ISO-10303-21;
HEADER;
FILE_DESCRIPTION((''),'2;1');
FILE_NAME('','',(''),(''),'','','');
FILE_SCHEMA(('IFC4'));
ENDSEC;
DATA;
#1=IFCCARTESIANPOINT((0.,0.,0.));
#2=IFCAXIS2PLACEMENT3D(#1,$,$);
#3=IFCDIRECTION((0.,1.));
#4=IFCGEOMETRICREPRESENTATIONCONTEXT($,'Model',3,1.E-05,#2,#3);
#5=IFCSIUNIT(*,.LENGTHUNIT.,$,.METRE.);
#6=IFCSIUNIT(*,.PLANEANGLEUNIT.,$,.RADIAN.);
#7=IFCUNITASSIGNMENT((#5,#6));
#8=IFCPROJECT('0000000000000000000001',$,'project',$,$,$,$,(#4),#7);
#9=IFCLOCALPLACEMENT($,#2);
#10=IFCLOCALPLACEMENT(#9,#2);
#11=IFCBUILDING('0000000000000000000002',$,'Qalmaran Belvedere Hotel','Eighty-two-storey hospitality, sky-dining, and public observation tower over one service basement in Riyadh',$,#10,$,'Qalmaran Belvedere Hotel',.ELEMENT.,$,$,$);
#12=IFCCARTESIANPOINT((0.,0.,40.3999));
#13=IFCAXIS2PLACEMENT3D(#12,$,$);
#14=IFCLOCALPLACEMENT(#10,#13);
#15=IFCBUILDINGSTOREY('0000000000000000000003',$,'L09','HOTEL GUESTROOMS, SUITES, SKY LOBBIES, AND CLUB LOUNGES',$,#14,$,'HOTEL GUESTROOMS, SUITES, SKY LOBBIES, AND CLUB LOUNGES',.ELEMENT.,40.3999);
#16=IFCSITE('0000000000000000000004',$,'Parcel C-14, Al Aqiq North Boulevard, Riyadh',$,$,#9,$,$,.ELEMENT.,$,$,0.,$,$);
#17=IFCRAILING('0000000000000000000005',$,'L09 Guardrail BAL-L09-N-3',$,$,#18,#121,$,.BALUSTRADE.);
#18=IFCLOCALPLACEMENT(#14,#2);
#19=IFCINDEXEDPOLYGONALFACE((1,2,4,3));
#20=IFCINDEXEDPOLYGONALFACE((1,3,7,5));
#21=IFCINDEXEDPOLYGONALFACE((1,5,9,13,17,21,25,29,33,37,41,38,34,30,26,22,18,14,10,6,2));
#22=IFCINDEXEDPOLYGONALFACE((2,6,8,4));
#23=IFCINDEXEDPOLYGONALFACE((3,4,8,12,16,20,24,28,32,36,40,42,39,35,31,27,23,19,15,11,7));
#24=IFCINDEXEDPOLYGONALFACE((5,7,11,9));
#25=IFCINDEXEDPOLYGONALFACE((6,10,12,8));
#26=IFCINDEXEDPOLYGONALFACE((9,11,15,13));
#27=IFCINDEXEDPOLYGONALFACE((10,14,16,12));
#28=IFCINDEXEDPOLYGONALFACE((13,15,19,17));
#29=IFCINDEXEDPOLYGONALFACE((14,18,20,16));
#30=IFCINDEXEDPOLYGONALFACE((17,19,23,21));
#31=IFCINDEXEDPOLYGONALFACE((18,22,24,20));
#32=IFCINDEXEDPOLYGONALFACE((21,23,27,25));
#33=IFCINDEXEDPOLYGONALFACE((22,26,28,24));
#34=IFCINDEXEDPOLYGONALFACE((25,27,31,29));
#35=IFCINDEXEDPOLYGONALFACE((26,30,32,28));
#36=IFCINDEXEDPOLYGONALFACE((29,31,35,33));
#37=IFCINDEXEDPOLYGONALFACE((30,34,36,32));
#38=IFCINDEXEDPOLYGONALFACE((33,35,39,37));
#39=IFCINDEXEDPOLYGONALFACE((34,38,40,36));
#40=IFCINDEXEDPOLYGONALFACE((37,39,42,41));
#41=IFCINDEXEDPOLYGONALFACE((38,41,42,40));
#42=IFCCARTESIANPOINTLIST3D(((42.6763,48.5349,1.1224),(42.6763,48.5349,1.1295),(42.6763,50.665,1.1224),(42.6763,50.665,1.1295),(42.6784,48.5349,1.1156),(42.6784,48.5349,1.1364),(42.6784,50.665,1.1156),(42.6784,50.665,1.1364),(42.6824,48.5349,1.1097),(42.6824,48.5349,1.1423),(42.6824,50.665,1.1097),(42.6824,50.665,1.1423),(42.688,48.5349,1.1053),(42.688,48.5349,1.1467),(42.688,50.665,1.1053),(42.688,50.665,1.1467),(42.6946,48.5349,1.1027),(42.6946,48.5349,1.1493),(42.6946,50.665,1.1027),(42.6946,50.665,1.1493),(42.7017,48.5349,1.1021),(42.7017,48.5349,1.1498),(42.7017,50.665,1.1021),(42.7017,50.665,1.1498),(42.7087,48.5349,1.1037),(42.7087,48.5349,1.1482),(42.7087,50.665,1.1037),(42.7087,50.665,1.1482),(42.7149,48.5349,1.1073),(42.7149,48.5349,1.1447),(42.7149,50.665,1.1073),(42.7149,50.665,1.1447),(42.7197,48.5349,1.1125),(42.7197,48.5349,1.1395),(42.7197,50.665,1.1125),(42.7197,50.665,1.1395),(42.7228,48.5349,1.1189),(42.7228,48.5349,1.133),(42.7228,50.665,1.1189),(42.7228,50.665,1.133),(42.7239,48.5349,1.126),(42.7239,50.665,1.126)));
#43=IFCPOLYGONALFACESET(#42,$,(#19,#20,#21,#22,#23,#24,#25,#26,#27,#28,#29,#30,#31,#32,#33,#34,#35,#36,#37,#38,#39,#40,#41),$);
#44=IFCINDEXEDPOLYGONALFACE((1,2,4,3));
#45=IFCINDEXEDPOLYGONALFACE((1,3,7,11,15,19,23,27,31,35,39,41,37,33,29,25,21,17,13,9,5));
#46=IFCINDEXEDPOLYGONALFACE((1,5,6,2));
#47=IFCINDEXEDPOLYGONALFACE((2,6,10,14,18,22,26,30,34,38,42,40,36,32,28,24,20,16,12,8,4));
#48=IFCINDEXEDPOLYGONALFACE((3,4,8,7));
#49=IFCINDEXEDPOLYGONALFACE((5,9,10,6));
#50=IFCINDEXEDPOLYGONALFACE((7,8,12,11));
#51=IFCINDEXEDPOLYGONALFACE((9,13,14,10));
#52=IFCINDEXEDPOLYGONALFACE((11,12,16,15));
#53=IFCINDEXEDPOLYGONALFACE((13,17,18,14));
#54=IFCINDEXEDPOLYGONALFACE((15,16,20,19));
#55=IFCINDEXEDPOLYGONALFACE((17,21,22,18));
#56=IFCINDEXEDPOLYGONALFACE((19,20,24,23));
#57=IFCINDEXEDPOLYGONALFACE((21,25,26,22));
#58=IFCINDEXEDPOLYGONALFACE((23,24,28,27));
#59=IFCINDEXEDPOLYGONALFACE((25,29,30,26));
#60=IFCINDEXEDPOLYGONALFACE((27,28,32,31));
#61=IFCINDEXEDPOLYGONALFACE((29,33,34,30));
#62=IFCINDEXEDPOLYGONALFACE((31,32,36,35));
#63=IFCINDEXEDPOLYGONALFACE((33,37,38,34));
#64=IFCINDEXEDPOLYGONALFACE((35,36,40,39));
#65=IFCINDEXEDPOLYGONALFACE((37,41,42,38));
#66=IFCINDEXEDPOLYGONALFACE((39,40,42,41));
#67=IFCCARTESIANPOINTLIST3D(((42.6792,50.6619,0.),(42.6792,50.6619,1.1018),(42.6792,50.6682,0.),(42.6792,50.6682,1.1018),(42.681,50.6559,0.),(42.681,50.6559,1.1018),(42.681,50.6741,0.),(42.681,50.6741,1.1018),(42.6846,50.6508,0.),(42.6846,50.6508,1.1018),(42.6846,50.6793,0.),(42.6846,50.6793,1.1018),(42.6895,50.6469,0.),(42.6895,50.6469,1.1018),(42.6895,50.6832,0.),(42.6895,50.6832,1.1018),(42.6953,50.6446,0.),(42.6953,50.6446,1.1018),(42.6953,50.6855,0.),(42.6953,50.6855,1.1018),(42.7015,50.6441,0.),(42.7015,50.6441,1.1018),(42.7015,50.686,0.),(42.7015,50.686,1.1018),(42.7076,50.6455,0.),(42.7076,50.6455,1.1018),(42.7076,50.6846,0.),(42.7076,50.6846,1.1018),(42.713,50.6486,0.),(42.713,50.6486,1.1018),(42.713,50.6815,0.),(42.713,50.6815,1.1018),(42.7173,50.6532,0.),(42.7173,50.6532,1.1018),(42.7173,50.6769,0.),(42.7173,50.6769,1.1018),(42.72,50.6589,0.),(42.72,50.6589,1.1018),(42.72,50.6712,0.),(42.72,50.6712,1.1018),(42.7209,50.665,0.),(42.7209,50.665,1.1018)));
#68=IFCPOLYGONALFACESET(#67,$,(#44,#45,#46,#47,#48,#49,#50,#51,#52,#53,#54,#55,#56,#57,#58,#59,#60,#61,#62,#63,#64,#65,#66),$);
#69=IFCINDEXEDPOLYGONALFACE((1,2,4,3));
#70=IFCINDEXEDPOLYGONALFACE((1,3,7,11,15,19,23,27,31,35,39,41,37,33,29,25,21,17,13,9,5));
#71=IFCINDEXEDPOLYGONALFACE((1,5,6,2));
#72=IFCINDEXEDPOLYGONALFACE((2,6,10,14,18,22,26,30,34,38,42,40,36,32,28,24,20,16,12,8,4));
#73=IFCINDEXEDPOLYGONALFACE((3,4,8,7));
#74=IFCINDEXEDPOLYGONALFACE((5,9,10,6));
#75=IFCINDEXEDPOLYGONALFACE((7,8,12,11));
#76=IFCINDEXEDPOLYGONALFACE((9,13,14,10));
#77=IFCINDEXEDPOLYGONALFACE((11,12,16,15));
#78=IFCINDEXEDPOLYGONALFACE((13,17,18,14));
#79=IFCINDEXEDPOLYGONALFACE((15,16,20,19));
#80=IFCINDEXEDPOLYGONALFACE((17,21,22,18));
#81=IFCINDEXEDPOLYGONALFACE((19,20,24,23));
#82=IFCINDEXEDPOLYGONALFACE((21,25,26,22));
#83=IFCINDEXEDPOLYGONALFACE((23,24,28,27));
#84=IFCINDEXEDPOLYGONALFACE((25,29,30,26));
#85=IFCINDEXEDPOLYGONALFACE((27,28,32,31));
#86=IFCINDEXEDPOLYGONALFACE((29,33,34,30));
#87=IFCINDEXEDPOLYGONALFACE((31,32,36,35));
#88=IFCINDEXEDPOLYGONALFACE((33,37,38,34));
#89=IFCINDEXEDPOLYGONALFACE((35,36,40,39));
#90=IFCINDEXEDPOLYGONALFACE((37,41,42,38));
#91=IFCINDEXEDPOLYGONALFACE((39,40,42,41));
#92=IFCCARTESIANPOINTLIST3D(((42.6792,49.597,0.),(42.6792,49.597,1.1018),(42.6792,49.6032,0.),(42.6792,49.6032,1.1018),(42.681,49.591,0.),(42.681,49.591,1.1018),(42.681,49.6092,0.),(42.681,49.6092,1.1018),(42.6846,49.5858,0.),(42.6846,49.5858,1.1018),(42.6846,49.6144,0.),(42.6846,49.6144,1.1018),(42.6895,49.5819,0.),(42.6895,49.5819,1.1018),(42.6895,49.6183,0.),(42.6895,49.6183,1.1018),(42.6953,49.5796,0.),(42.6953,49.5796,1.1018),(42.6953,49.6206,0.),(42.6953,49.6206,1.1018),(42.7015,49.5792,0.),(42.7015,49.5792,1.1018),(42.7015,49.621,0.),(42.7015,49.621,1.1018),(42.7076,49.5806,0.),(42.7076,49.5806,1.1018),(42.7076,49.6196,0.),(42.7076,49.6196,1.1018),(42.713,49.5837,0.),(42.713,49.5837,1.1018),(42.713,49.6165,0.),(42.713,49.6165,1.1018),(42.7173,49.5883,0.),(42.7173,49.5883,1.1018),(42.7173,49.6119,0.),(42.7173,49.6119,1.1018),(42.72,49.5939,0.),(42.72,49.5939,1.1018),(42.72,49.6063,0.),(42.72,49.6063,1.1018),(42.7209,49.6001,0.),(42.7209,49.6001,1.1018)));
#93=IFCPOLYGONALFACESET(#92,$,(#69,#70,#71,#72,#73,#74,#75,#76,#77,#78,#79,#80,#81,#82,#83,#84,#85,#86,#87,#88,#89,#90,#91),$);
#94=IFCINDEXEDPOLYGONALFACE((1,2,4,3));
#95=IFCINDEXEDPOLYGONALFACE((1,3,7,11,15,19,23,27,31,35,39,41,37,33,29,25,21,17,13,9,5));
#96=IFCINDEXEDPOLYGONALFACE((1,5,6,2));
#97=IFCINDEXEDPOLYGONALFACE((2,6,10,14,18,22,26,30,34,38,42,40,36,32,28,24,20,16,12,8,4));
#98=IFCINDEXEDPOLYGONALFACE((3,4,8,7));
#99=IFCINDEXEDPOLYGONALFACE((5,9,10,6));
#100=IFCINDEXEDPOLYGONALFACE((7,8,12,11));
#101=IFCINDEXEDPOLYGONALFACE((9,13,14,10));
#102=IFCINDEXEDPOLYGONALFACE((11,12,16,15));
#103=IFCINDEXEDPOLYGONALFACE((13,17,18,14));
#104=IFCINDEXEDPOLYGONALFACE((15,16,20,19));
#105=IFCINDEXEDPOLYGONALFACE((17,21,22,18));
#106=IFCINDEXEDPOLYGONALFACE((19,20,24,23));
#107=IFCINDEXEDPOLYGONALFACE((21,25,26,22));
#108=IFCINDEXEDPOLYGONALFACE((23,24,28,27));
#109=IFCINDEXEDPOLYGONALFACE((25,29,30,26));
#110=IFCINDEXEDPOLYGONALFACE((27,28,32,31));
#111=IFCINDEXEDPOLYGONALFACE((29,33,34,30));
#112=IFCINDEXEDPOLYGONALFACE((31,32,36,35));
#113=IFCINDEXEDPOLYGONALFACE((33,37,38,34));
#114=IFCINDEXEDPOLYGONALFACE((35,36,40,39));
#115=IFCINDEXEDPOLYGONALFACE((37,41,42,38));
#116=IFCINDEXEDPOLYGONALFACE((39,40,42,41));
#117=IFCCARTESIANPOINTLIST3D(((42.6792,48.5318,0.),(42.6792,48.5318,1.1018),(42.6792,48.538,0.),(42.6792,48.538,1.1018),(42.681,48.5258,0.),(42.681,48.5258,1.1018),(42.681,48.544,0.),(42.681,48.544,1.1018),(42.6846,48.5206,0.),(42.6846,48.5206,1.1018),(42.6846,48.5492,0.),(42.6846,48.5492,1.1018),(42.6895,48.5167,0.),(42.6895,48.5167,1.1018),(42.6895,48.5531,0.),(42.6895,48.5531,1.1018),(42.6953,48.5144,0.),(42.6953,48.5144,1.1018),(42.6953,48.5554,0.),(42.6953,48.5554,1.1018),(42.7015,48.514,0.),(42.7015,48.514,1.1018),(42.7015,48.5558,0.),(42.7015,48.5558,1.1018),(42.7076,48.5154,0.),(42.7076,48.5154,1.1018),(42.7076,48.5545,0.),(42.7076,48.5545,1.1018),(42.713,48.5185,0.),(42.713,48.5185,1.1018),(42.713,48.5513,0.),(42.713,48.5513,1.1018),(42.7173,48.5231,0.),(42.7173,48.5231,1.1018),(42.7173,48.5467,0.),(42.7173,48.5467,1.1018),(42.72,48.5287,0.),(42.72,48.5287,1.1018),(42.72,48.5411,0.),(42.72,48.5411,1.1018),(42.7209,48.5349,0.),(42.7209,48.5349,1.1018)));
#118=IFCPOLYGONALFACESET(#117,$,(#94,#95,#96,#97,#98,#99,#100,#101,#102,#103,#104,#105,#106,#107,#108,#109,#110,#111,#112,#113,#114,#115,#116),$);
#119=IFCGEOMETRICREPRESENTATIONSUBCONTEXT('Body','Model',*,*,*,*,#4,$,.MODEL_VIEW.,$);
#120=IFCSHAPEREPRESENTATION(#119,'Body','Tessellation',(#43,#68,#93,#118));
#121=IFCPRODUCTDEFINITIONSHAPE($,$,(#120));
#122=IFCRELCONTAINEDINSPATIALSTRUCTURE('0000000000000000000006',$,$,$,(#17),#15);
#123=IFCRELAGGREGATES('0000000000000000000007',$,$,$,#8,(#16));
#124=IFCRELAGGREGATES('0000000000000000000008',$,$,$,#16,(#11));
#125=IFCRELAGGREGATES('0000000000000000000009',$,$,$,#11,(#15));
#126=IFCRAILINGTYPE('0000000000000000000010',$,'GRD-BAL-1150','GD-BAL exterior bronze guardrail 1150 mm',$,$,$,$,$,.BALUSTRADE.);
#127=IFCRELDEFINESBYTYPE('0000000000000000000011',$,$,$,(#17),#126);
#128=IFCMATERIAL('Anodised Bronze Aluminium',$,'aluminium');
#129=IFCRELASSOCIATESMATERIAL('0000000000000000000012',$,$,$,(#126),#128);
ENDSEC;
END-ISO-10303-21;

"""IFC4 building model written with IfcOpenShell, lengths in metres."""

from ifc_helpers import new_model, si_unit, direction, frame, origin, origin_2d, place, context, subcontext, project, spatial, circle, extrude, material, type_object, element, save


model = new_model("IFC4")

# Units and contexts
model_context = context("Model", 3, precision=1e-05, world=origin(), true_north=direction((0.0, 1.0)))
body_context = subcontext(model_context, "Body", "Model", "MODEL_VIEW")
ifc_project = project(units=[si_unit("LENGTHUNIT", "METRE"), si_unit("PLANEANGLEUNIT", "RADIAN")], contexts=[model_context])

# Site, building, storey
site_placement = place(None, origin())
site = spatial("IfcSite", under=ifc_project, at=site_placement, Name="Parcel C-14, Al Aqiq North Boulevard, Riyadh", CompositionType="ELEMENT", RefElevation=0.0)
building_placement = place(site_placement, origin())
building = spatial("IfcBuilding", under=site, at=building_placement, Name="Qalmaran Belvedere Hotel", Description="Eighty-two-storey hospitality, sky-dining, and public observation tower over one service basement in Riyadh", LongName="Qalmaran Belvedere Hotel", CompositionType="ELEMENT")
storey_placement = place(building_placement, frame((0.0, 0.0, 40.3999)))
storey = spatial("IfcBuildingStorey", under=building, at=storey_placement, Name="L09", Description="HOTEL GUESTROOMS, SUITES, SKY LOBBIES, AND CLUB LOUNGES", LongName="HOTEL GUESTROOMS, SUITES, SKY LOBBIES, AND CLUB LOUNGES", CompositionType="ELEMENT", Elevation=40.3999)

# Shared definitions
ifc_material_1 = material(Name="Anodised Bronze Aluminium", Category="aluminium")

# Railing
railing_type = type_object("IfcRailingType", Name="GRD-BAL-1150", Description="GD-BAL exterior bronze guardrail 1150 mm", PredefinedType="BALUSTRADE", material=ifc_material_1)
railing_1_placement = place(storey_placement, frame((42.7, 50.665, 0.0)))
element("IfcRailing", 1, at=railing_1_placement, inside=storey, type_object=railing_type, Name="L09 Guardrail BAL-L09-N-3", PredefinedType="BALUSTRADE", context=body_context, shape_type="SweptSolid", body=[
    extrude(circle(Radius=0.0239, at=origin_2d()), frame((0.0, 0.0, 1.126), z_axis=(0.0, -1.0, 0.0), x_axis=(1.0, 0.0, 0.0)), (0.0, 0.0, 1.0), 2.1301),
    extrude(circle(Radius=0.021, at=origin_2d()), origin(), (0.0, 0.0, 1.0), 1.1018),
    extrude(circle(Radius=0.021, at=origin_2d()), frame((0.0, -1.0649, 0.0)), (0.0, 0.0, 1.0), 1.1018),
    extrude(circle(Radius=0.021, at=origin_2d()), frame((0.0, -2.1301, 0.0)), (0.0, 0.0, 1.0), 1.1018),
])

save(model, "model.ifc")
